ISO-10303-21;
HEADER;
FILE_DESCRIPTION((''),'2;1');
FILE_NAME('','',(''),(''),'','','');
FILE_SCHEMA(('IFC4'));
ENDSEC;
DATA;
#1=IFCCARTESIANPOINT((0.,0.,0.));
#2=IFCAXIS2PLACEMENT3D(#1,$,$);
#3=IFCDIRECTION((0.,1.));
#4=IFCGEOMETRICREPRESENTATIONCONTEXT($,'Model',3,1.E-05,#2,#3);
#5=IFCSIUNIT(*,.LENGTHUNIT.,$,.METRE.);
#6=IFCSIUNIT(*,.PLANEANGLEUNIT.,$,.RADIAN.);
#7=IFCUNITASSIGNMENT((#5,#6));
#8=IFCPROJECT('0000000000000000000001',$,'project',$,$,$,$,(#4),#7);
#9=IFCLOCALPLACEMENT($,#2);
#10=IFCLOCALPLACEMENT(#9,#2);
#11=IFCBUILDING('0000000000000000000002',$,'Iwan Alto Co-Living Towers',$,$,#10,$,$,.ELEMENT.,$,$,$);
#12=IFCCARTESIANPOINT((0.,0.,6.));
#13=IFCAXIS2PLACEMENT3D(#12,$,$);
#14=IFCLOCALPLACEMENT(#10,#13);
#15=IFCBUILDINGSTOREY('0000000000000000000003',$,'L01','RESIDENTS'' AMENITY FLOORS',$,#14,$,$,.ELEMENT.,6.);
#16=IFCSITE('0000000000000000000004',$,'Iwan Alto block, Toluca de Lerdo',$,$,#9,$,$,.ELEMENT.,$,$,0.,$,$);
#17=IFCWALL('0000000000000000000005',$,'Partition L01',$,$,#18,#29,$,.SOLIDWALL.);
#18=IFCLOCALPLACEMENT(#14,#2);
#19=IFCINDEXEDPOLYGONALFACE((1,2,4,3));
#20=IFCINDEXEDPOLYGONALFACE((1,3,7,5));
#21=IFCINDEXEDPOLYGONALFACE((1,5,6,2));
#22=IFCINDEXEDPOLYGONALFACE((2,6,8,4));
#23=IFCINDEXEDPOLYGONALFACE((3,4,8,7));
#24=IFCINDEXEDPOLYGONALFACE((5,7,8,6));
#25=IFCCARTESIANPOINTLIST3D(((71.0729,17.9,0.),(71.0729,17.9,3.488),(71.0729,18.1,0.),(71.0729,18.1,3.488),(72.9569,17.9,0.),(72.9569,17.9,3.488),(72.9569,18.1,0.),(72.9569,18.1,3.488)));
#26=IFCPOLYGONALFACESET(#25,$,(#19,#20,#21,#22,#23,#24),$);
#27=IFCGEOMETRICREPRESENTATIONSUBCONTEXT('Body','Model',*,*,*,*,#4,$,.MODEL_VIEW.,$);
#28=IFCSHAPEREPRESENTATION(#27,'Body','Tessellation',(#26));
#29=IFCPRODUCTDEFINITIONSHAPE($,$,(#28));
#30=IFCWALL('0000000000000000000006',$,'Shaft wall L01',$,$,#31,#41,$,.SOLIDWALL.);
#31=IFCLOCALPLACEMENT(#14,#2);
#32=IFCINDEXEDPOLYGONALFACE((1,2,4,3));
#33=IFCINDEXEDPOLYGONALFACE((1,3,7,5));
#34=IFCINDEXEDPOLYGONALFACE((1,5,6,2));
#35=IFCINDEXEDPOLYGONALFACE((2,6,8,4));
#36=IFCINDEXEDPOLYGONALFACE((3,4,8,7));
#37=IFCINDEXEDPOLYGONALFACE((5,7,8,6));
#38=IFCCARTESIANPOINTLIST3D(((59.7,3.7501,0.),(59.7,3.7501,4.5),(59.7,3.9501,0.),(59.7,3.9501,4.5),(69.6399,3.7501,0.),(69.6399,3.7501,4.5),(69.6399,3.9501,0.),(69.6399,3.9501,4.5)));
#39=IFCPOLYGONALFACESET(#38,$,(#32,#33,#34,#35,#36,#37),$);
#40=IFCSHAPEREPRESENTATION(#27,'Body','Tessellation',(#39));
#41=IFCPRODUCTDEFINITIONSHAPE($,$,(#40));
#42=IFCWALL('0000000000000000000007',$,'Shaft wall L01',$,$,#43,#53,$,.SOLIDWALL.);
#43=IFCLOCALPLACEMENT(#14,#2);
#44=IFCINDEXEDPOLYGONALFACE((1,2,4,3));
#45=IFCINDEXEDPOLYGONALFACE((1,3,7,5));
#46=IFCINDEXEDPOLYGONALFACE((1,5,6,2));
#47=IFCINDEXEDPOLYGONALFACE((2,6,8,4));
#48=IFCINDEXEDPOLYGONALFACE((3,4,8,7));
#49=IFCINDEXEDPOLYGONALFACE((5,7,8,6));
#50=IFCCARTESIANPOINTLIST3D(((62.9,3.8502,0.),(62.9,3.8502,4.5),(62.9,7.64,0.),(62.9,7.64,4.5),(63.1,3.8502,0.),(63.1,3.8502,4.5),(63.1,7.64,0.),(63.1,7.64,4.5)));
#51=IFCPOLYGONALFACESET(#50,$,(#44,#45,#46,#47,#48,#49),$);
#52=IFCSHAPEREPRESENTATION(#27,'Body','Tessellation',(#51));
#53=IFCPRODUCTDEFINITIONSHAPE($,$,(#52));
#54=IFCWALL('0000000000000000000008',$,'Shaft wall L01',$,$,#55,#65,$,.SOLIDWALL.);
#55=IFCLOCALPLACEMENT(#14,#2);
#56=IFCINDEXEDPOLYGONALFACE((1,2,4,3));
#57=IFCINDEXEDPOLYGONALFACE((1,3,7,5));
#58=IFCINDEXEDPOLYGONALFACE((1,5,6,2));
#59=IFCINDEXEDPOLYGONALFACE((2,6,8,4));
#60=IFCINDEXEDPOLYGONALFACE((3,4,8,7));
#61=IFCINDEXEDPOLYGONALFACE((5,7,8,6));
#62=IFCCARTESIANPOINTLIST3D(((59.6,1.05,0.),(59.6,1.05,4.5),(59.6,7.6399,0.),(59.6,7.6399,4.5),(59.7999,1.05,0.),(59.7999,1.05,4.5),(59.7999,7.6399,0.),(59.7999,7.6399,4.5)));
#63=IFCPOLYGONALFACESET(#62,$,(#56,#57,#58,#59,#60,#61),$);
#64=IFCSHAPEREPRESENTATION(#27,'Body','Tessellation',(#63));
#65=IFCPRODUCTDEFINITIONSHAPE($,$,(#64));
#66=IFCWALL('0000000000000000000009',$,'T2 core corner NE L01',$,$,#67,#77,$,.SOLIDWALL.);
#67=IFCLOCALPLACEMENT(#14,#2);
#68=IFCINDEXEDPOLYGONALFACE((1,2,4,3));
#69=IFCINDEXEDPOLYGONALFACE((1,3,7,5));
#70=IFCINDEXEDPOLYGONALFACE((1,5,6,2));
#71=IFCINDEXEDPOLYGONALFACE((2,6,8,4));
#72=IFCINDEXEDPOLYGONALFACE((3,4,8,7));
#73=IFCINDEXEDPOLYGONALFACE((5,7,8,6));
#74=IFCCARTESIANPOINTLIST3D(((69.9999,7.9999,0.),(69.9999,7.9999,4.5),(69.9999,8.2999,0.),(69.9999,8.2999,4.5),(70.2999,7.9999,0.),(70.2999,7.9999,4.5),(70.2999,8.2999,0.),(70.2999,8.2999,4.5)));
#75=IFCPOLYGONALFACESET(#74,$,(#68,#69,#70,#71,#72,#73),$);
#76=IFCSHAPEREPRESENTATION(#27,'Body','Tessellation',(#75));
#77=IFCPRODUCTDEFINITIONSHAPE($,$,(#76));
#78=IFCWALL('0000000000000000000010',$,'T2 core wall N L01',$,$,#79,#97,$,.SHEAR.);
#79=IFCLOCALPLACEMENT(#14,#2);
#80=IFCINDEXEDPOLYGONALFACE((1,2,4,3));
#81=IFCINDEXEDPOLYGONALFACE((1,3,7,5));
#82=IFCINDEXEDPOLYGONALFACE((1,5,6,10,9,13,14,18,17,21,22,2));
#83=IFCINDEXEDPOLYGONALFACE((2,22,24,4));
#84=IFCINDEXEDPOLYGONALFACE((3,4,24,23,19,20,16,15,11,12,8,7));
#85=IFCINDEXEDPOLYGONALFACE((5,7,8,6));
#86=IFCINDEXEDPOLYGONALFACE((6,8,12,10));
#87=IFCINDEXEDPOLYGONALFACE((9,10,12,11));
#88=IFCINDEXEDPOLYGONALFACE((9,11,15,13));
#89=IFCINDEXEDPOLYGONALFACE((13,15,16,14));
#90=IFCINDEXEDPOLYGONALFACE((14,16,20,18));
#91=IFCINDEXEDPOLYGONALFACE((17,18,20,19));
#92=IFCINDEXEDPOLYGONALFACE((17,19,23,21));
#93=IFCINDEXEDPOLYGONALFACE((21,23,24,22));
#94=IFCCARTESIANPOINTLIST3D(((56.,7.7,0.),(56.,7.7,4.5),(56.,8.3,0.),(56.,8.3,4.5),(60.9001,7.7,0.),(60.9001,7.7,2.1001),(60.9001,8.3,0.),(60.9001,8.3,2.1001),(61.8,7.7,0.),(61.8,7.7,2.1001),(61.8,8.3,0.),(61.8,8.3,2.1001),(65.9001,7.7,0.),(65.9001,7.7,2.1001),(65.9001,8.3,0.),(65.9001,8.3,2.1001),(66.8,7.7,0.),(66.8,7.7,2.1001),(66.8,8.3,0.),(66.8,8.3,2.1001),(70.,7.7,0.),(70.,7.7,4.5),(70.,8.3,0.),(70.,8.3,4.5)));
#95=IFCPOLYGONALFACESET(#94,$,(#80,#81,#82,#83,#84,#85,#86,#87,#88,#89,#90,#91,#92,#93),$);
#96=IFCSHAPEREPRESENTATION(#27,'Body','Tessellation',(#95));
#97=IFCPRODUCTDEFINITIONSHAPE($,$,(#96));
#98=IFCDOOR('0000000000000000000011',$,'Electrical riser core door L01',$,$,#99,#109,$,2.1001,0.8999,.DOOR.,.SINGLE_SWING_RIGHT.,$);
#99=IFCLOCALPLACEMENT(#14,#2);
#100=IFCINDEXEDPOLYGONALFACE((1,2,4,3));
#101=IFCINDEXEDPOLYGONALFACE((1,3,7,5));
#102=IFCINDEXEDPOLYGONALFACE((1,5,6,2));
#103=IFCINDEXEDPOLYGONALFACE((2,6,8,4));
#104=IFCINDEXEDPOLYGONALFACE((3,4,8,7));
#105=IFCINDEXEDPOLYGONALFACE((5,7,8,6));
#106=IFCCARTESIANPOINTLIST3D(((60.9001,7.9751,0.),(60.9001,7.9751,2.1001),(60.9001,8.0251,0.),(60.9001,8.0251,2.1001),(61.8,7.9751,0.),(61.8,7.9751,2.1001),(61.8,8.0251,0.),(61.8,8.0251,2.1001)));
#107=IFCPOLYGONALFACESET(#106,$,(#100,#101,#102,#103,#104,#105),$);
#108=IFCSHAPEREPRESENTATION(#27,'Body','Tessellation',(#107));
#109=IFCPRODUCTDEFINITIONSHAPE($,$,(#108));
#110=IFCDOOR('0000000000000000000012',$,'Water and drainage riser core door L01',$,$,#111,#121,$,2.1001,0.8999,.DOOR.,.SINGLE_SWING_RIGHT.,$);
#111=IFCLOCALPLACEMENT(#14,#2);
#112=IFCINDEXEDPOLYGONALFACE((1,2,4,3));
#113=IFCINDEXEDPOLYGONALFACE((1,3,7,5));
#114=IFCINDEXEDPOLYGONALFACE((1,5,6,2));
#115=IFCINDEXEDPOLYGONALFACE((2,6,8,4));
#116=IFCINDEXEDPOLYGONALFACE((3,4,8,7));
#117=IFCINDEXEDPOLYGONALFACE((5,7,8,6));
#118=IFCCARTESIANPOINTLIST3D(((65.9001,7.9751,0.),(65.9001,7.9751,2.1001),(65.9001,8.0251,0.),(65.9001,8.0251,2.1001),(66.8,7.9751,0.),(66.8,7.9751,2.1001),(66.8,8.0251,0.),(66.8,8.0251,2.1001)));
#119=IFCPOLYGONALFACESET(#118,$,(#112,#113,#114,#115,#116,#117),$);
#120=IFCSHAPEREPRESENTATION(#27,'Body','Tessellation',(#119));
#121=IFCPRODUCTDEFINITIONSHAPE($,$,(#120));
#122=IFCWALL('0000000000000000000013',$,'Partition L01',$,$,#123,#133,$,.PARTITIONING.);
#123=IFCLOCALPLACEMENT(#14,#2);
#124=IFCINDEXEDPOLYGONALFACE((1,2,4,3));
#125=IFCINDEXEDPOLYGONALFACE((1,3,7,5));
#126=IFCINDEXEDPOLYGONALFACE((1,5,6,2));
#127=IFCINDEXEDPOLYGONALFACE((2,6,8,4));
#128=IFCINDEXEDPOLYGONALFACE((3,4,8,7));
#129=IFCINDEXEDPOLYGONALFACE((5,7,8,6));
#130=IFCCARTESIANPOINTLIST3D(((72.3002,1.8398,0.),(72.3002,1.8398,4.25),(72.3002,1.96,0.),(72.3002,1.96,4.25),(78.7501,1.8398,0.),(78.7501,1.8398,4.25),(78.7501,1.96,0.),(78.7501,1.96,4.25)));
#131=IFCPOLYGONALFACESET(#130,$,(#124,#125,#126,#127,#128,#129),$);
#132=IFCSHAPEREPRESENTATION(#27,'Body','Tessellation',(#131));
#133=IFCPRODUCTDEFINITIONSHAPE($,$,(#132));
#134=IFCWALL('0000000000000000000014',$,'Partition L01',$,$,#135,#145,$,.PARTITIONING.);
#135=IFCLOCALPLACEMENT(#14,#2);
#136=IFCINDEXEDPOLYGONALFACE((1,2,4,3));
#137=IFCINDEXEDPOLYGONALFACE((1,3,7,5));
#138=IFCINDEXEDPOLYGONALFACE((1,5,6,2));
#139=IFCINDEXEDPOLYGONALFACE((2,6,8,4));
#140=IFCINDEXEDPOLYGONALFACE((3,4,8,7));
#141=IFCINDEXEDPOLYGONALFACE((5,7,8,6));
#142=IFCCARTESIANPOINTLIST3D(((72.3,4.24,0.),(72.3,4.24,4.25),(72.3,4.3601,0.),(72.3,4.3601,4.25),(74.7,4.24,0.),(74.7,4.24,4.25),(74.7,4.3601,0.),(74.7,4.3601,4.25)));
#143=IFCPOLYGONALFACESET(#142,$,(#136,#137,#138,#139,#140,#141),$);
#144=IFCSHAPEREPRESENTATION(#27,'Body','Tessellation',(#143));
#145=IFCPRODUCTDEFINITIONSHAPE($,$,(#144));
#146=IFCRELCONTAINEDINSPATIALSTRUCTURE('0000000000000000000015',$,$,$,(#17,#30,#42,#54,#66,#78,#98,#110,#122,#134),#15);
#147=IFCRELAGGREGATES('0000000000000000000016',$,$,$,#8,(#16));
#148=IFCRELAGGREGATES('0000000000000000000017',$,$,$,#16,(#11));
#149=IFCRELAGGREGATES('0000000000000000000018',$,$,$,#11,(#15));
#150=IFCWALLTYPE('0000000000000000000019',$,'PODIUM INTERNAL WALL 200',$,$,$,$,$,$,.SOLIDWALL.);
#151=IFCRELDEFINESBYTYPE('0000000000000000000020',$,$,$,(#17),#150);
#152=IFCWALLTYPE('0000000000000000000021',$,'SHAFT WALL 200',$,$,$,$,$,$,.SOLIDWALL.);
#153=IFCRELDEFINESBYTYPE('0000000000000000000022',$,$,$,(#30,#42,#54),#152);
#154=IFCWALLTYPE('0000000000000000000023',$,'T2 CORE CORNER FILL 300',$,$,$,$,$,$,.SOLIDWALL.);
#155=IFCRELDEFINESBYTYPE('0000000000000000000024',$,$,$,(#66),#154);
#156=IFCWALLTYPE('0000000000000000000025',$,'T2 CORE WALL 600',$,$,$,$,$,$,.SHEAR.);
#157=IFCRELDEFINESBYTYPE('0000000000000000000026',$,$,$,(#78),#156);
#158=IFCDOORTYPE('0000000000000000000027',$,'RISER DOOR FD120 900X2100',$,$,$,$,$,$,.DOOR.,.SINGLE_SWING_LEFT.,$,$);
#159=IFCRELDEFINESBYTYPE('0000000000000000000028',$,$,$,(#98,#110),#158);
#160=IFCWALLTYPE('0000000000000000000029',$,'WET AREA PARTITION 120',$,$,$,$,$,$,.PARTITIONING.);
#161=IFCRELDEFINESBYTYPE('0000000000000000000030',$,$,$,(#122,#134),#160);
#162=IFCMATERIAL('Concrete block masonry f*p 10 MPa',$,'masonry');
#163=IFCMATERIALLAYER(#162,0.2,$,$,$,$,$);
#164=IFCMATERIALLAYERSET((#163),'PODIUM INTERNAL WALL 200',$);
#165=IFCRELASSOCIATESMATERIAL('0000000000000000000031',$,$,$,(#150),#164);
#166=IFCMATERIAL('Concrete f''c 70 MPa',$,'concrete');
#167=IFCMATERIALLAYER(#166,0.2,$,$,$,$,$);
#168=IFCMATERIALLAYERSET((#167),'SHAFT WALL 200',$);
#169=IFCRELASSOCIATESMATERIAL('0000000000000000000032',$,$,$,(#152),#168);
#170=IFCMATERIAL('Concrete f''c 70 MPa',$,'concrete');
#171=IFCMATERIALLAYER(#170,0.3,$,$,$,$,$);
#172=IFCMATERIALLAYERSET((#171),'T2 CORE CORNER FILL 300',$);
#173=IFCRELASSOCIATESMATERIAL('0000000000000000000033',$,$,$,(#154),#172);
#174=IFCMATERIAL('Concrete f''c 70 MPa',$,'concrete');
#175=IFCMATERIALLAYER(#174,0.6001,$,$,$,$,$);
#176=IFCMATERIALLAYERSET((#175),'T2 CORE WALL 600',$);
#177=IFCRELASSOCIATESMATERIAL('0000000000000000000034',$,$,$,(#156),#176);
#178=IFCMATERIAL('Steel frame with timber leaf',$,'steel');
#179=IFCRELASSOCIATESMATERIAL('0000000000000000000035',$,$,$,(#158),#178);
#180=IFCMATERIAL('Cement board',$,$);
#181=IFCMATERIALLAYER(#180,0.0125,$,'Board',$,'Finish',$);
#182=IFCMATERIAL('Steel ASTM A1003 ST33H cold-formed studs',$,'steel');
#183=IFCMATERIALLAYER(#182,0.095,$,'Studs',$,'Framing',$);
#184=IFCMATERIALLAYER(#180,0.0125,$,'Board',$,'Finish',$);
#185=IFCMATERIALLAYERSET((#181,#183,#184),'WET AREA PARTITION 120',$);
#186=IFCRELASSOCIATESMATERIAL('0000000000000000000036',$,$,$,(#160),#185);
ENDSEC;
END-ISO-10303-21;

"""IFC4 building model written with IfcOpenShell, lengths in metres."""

from ifc_helpers import new_model, si_unit, direction, frame, frame_2d, origin, place, context, subcontext, project, spatial, rectangle, extrude, material, layer, layer_set, type_object, element, fill, save


model = new_model("IFC4")

# Units and contexts
model_context = context("Model", 3, precision=1e-05, world=origin(), true_north=direction((0.0, 1.0)))
body_context = subcontext(model_context, "Body", "Model", "MODEL_VIEW")
ifc_project = project(units=[si_unit("LENGTHUNIT", "METRE"), si_unit("PLANEANGLEUNIT", "RADIAN")], contexts=[model_context])

# Site, building, storey
site_placement = place(None, origin())
site = spatial("IfcSite", under=ifc_project, at=site_placement, Name="Iwan Alto block, Toluca de Lerdo", CompositionType="ELEMENT", RefElevation=0.0)
building_placement = place(site_placement, origin())
building = spatial("IfcBuilding", under=site, at=building_placement, Name="Iwan Alto Co-Living Towers", CompositionType="ELEMENT")
storey_placement = place(building_placement, frame((0.0, 0.0, 6.0)))
storey = spatial("IfcBuildingStorey", under=building, at=storey_placement, Name="L01", Description="RESIDENTS' AMENITY FLOORS", CompositionType="ELEMENT", Elevation=6.0)

# Walls
ifc_material_1 = material(Name="Steel ASTM A1003 ST33H cold-formed studs", Category="steel")
ifc_material_2 = material(Name="Concrete block masonry f*p 10 MPa", Category="masonry")
ifc_layer_1 = layer(ifc_material_2, 0.2)
ifc_layer_set_1 = layer_set([ifc_layer_1], Name="PODIUM INTERNAL WALL 200")
wall_type_1 = type_object("IfcWallType", Name="PODIUM INTERNAL WALL 200", PredefinedType="SOLIDWALL", material=ifc_layer_set_1)
wall_1_placement = place(storey_placement, frame((71.073, 18.0, 0.0), z_axis=(0.0, 0.0, 1.0), x_axis=(1.0, 0.0, 0.0)))
element("IfcWall", 1, at=wall_1_placement, inside=storey, type_object=wall_type_1, Name="Partition L01", PredefinedType="SOLIDWALL", context=body_context, shape_type="SweptSolid", body=[
    extrude(rectangle(XDim=1.884, YDim=0.2, at=frame_2d((0.9419, 0.0))), origin(), (0.0, 0.0, 1.0), 3.488),
])
ifc_material_3 = material(Name="Concrete f'c 70 MPa", Category="concrete")
ifc_layer_2 = layer(ifc_material_3, 0.2)
ifc_layer_set_2 = layer_set([ifc_layer_2], Name="SHAFT WALL 200")
wall_type_2 = type_object("IfcWallType", Name="SHAFT WALL 200", PredefinedType="SOLIDWALL", material=ifc_layer_set_2)
wall_2_placement = place(storey_placement, frame((59.7, 3.8501, 0.0), z_axis=(0.0, 0.0, 1.0), x_axis=(1.0, 0.0, 0.0)))
element("IfcWall", 2, at=wall_2_placement, inside=storey, type_object=wall_type_2, Name="Shaft wall L01", PredefinedType="SOLIDWALL", context=body_context, shape_type="SweptSolid", body=[
    extrude(rectangle(XDim=9.9399, YDim=0.2, at=frame_2d((4.97, 0.0))), origin(), (0.0, 0.0, 1.0), 4.5),
])
wall_3_placement = place(storey_placement, frame((63.0, 3.8501, 0.0), z_axis=(0.0, 0.0, 1.0), x_axis=(0.0, 1.0, 0.0)))
element("IfcWall", 3, at=wall_3_placement, inside=storey, type_object=wall_type_2, Name="Shaft wall L01", PredefinedType="SOLIDWALL", context=body_context, shape_type="SweptSolid", body=[
    extrude(rectangle(XDim=3.7898, YDim=0.2, at=frame_2d((1.895, 0.0))), origin(), (0.0, 0.0, 1.0), 4.5),
])
wall_4_placement = place(storey_placement, frame((59.7, 1.05, 0.0), z_axis=(0.0, 0.0, 1.0), x_axis=(0.0, 1.0, 0.0)))
element("IfcWall", 4, at=wall_4_placement, inside=storey, type_object=wall_type_2, Name="Shaft wall L01", PredefinedType="SOLIDWALL", context=body_context, shape_type="SweptSolid", body=[
    extrude(rectangle(XDim=6.5898, YDim=0.2, at=frame_2d((3.2949, 0.0))), origin(), (0.0, 0.0, 1.0), 4.5),
])
ifc_material_4 = material(Name="Concrete f'c 70 MPa", Category="concrete")
ifc_layer_3 = layer(ifc_material_4, 0.3)
ifc_layer_set_3 = layer_set([ifc_layer_3], Name="T2 CORE CORNER FILL 300")
wall_type_3 = type_object("IfcWallType", Name="T2 CORE CORNER FILL 300", PredefinedType="SOLIDWALL", material=ifc_layer_set_3)
wall_5_placement = place(storey_placement, frame((70.0, 8.1499, 0.0), z_axis=(0.0, 0.0, 1.0), x_axis=(1.0, 0.0, 0.0)))
element("IfcWall", 5, at=wall_5_placement, inside=storey, type_object=wall_type_3, Name="T2 core corner NE L01", PredefinedType="SOLIDWALL", context=body_context, shape_type="SweptSolid", body=[
    extrude(rectangle(XDim=0.3, YDim=0.3, at=frame_2d((0.1499, 0.0))), origin(), (0.0, 0.0, 1.0), 4.5),
])

# Wall, openings, doors
ifc_material_5 = material(Name="Concrete f'c 70 MPa", Category="concrete")
ifc_layer_4 = layer(ifc_material_5, 0.6001)
ifc_layer_set_4 = layer_set([ifc_layer_4], Name="T2 CORE WALL 600")
wall_type_4 = type_object("IfcWallType", Name="T2 CORE WALL 600", PredefinedType="SHEAR", material=ifc_layer_set_4)
wall_6_placement = place(storey_placement, frame((70.0, 8.0, 0.0), z_axis=(0.0, 0.0, 1.0), x_axis=(-1.0, 0.0, 0.0)))
wall_6 = element("IfcWall", 6, at=wall_6_placement, inside=storey, type_object=wall_type_4, Name="T2 core wall N L01", PredefinedType="SHEAR", context=body_context, shape_type="SweptSolid", body=[
    extrude(rectangle(XDim=14.0, YDim=0.6001, at=frame_2d((7.0, 0.0))), origin(), (0.0, 0.0, 1.0), 4.5),
])
opening_1_placement = place(wall_6_placement, frame((8.2, 0.0, 0.0)))
opening_1 = element("IfcOpeningElement", 7, at=opening_1_placement, cuts=wall_6, PredefinedType="OPENING", context=body_context, shape_type="SweptSolid", body=[
    extrude(rectangle(XDim=0.8999, YDim=2.1001, at=frame_2d((0.45, 1.05))), frame((0.0, 0.3101, 0.0), z_axis=(0.0, -1.0, 0.0), x_axis=(1.0, 0.0, 0.0)), (0.0, 0.0, 1.0), 0.6201),
])
opening_2_placement = place(wall_6_placement, frame((3.2, 0.0, 0.0)))
opening_2 = element("IfcOpeningElement", 8, at=opening_2_placement, cuts=wall_6, PredefinedType="OPENING", context=body_context, shape_type="SweptSolid", body=[
    extrude(rectangle(XDim=0.8999, YDim=2.1001, at=frame_2d((0.45, 1.05))), frame((0.0, 0.3101, 0.0), z_axis=(0.0, -1.0, 0.0), x_axis=(1.0, 0.0, 0.0)), (0.0, 0.0, 1.0), 0.6201),
])
ifc_material_6 = material(Name="Steel frame with timber leaf", Category="steel")
door_type = type_object("IfcDoorType", Name="RISER DOOR FD120 900X2100", OperationType="SINGLE_SWING_LEFT", PredefinedType="DOOR", material=ifc_material_6)
door_1_placement = place(opening_1_placement, origin())
door_1 = element("IfcDoor", 9, at=door_1_placement, inside=storey, type_object=door_type, Name="Electrical riser core door L01", OperationType="SINGLE_SWING_RIGHT", OverallHeight=2.1001, OverallWidth=0.8999, PredefinedType="DOOR", context=body_context, shape_type="SweptSolid", body=[
    extrude(rectangle(XDim=0.8999, YDim=2.1001, at=frame_2d((0.45, 1.05))), frame((0.0, 0.0249, 0.0), z_axis=(0.0, -1.0, 0.0), x_axis=(1.0, 0.0, 0.0)), (0.0, 0.0, 1.0), 0.05),
])
fill(opening_1, door_1)
door_2_placement = place(opening_2_placement, origin())
door_2 = element("IfcDoor", 10, at=door_2_placement, inside=storey, type_object=door_type, Name="Water and drainage riser core door L01", OperationType="SINGLE_SWING_RIGHT", OverallHeight=2.1001, OverallWidth=0.8999, PredefinedType="DOOR", context=body_context, shape_type="SweptSolid", body=[
    extrude(rectangle(XDim=0.8999, YDim=2.1001, at=frame_2d((0.45, 1.05))), frame((0.0, 0.0249, 0.0), z_axis=(0.0, -1.0, 0.0), x_axis=(1.0, 0.0, 0.0)), (0.0, 0.0, 1.0), 0.05),
])
fill(opening_2, door_2)

# Walls
ifc_material_7 = material(Name="Cement board")
ifc_layer_5 = layer(ifc_material_7, 0.0125, Name="Board", Category="Finish")
ifc_layer_6 = layer(ifc_material_1, 0.095, Name="Studs", Category="Framing")
ifc_layer_7 = layer(ifc_material_7, 0.0125, Name="Board", Category="Finish")
ifc_layer_set_5 = layer_set([ifc_layer_5, ifc_layer_6, ifc_layer_7], Name="WET AREA PARTITION 120")
wall_type_5 = type_object("IfcWallType", Name="WET AREA PARTITION 120", PredefinedType="PARTITIONING", material=ifc_layer_set_5)
wall_7_placement = place(storey_placement, frame((72.3, 1.8999, 0.0), z_axis=(0.0, 0.0, 1.0), x_axis=(1.0, 0.0, 0.0)))
element("IfcWall", 11, at=wall_7_placement, inside=storey, type_object=wall_type_5, Name="Partition L01", PredefinedType="PARTITIONING", context=body_context, shape_type="SweptSolid", body=[
    extrude(rectangle(XDim=6.45, YDim=0.1201, at=frame_2d((3.2251, 0.0))), origin(), (0.0, 0.0, 1.0), 4.25),
])
wall_8_placement = place(storey_placement, frame((72.3, 4.3, 0.0), z_axis=(0.0, 0.0, 1.0), x_axis=(1.0, 0.0, 0.0)))
element("IfcWall", 12, at=wall_8_placement, inside=storey, type_object=wall_type_5, Name="Partition L01", PredefinedType="PARTITIONING", context=body_context, shape_type="SweptSolid", body=[
    extrude(rectangle(XDim=2.3999, YDim=0.1201, at=frame_2d((1.2, 0.0))), origin(), (0.0, 0.0, 1.0), 4.25),
])

save(model, "model.ifc")
